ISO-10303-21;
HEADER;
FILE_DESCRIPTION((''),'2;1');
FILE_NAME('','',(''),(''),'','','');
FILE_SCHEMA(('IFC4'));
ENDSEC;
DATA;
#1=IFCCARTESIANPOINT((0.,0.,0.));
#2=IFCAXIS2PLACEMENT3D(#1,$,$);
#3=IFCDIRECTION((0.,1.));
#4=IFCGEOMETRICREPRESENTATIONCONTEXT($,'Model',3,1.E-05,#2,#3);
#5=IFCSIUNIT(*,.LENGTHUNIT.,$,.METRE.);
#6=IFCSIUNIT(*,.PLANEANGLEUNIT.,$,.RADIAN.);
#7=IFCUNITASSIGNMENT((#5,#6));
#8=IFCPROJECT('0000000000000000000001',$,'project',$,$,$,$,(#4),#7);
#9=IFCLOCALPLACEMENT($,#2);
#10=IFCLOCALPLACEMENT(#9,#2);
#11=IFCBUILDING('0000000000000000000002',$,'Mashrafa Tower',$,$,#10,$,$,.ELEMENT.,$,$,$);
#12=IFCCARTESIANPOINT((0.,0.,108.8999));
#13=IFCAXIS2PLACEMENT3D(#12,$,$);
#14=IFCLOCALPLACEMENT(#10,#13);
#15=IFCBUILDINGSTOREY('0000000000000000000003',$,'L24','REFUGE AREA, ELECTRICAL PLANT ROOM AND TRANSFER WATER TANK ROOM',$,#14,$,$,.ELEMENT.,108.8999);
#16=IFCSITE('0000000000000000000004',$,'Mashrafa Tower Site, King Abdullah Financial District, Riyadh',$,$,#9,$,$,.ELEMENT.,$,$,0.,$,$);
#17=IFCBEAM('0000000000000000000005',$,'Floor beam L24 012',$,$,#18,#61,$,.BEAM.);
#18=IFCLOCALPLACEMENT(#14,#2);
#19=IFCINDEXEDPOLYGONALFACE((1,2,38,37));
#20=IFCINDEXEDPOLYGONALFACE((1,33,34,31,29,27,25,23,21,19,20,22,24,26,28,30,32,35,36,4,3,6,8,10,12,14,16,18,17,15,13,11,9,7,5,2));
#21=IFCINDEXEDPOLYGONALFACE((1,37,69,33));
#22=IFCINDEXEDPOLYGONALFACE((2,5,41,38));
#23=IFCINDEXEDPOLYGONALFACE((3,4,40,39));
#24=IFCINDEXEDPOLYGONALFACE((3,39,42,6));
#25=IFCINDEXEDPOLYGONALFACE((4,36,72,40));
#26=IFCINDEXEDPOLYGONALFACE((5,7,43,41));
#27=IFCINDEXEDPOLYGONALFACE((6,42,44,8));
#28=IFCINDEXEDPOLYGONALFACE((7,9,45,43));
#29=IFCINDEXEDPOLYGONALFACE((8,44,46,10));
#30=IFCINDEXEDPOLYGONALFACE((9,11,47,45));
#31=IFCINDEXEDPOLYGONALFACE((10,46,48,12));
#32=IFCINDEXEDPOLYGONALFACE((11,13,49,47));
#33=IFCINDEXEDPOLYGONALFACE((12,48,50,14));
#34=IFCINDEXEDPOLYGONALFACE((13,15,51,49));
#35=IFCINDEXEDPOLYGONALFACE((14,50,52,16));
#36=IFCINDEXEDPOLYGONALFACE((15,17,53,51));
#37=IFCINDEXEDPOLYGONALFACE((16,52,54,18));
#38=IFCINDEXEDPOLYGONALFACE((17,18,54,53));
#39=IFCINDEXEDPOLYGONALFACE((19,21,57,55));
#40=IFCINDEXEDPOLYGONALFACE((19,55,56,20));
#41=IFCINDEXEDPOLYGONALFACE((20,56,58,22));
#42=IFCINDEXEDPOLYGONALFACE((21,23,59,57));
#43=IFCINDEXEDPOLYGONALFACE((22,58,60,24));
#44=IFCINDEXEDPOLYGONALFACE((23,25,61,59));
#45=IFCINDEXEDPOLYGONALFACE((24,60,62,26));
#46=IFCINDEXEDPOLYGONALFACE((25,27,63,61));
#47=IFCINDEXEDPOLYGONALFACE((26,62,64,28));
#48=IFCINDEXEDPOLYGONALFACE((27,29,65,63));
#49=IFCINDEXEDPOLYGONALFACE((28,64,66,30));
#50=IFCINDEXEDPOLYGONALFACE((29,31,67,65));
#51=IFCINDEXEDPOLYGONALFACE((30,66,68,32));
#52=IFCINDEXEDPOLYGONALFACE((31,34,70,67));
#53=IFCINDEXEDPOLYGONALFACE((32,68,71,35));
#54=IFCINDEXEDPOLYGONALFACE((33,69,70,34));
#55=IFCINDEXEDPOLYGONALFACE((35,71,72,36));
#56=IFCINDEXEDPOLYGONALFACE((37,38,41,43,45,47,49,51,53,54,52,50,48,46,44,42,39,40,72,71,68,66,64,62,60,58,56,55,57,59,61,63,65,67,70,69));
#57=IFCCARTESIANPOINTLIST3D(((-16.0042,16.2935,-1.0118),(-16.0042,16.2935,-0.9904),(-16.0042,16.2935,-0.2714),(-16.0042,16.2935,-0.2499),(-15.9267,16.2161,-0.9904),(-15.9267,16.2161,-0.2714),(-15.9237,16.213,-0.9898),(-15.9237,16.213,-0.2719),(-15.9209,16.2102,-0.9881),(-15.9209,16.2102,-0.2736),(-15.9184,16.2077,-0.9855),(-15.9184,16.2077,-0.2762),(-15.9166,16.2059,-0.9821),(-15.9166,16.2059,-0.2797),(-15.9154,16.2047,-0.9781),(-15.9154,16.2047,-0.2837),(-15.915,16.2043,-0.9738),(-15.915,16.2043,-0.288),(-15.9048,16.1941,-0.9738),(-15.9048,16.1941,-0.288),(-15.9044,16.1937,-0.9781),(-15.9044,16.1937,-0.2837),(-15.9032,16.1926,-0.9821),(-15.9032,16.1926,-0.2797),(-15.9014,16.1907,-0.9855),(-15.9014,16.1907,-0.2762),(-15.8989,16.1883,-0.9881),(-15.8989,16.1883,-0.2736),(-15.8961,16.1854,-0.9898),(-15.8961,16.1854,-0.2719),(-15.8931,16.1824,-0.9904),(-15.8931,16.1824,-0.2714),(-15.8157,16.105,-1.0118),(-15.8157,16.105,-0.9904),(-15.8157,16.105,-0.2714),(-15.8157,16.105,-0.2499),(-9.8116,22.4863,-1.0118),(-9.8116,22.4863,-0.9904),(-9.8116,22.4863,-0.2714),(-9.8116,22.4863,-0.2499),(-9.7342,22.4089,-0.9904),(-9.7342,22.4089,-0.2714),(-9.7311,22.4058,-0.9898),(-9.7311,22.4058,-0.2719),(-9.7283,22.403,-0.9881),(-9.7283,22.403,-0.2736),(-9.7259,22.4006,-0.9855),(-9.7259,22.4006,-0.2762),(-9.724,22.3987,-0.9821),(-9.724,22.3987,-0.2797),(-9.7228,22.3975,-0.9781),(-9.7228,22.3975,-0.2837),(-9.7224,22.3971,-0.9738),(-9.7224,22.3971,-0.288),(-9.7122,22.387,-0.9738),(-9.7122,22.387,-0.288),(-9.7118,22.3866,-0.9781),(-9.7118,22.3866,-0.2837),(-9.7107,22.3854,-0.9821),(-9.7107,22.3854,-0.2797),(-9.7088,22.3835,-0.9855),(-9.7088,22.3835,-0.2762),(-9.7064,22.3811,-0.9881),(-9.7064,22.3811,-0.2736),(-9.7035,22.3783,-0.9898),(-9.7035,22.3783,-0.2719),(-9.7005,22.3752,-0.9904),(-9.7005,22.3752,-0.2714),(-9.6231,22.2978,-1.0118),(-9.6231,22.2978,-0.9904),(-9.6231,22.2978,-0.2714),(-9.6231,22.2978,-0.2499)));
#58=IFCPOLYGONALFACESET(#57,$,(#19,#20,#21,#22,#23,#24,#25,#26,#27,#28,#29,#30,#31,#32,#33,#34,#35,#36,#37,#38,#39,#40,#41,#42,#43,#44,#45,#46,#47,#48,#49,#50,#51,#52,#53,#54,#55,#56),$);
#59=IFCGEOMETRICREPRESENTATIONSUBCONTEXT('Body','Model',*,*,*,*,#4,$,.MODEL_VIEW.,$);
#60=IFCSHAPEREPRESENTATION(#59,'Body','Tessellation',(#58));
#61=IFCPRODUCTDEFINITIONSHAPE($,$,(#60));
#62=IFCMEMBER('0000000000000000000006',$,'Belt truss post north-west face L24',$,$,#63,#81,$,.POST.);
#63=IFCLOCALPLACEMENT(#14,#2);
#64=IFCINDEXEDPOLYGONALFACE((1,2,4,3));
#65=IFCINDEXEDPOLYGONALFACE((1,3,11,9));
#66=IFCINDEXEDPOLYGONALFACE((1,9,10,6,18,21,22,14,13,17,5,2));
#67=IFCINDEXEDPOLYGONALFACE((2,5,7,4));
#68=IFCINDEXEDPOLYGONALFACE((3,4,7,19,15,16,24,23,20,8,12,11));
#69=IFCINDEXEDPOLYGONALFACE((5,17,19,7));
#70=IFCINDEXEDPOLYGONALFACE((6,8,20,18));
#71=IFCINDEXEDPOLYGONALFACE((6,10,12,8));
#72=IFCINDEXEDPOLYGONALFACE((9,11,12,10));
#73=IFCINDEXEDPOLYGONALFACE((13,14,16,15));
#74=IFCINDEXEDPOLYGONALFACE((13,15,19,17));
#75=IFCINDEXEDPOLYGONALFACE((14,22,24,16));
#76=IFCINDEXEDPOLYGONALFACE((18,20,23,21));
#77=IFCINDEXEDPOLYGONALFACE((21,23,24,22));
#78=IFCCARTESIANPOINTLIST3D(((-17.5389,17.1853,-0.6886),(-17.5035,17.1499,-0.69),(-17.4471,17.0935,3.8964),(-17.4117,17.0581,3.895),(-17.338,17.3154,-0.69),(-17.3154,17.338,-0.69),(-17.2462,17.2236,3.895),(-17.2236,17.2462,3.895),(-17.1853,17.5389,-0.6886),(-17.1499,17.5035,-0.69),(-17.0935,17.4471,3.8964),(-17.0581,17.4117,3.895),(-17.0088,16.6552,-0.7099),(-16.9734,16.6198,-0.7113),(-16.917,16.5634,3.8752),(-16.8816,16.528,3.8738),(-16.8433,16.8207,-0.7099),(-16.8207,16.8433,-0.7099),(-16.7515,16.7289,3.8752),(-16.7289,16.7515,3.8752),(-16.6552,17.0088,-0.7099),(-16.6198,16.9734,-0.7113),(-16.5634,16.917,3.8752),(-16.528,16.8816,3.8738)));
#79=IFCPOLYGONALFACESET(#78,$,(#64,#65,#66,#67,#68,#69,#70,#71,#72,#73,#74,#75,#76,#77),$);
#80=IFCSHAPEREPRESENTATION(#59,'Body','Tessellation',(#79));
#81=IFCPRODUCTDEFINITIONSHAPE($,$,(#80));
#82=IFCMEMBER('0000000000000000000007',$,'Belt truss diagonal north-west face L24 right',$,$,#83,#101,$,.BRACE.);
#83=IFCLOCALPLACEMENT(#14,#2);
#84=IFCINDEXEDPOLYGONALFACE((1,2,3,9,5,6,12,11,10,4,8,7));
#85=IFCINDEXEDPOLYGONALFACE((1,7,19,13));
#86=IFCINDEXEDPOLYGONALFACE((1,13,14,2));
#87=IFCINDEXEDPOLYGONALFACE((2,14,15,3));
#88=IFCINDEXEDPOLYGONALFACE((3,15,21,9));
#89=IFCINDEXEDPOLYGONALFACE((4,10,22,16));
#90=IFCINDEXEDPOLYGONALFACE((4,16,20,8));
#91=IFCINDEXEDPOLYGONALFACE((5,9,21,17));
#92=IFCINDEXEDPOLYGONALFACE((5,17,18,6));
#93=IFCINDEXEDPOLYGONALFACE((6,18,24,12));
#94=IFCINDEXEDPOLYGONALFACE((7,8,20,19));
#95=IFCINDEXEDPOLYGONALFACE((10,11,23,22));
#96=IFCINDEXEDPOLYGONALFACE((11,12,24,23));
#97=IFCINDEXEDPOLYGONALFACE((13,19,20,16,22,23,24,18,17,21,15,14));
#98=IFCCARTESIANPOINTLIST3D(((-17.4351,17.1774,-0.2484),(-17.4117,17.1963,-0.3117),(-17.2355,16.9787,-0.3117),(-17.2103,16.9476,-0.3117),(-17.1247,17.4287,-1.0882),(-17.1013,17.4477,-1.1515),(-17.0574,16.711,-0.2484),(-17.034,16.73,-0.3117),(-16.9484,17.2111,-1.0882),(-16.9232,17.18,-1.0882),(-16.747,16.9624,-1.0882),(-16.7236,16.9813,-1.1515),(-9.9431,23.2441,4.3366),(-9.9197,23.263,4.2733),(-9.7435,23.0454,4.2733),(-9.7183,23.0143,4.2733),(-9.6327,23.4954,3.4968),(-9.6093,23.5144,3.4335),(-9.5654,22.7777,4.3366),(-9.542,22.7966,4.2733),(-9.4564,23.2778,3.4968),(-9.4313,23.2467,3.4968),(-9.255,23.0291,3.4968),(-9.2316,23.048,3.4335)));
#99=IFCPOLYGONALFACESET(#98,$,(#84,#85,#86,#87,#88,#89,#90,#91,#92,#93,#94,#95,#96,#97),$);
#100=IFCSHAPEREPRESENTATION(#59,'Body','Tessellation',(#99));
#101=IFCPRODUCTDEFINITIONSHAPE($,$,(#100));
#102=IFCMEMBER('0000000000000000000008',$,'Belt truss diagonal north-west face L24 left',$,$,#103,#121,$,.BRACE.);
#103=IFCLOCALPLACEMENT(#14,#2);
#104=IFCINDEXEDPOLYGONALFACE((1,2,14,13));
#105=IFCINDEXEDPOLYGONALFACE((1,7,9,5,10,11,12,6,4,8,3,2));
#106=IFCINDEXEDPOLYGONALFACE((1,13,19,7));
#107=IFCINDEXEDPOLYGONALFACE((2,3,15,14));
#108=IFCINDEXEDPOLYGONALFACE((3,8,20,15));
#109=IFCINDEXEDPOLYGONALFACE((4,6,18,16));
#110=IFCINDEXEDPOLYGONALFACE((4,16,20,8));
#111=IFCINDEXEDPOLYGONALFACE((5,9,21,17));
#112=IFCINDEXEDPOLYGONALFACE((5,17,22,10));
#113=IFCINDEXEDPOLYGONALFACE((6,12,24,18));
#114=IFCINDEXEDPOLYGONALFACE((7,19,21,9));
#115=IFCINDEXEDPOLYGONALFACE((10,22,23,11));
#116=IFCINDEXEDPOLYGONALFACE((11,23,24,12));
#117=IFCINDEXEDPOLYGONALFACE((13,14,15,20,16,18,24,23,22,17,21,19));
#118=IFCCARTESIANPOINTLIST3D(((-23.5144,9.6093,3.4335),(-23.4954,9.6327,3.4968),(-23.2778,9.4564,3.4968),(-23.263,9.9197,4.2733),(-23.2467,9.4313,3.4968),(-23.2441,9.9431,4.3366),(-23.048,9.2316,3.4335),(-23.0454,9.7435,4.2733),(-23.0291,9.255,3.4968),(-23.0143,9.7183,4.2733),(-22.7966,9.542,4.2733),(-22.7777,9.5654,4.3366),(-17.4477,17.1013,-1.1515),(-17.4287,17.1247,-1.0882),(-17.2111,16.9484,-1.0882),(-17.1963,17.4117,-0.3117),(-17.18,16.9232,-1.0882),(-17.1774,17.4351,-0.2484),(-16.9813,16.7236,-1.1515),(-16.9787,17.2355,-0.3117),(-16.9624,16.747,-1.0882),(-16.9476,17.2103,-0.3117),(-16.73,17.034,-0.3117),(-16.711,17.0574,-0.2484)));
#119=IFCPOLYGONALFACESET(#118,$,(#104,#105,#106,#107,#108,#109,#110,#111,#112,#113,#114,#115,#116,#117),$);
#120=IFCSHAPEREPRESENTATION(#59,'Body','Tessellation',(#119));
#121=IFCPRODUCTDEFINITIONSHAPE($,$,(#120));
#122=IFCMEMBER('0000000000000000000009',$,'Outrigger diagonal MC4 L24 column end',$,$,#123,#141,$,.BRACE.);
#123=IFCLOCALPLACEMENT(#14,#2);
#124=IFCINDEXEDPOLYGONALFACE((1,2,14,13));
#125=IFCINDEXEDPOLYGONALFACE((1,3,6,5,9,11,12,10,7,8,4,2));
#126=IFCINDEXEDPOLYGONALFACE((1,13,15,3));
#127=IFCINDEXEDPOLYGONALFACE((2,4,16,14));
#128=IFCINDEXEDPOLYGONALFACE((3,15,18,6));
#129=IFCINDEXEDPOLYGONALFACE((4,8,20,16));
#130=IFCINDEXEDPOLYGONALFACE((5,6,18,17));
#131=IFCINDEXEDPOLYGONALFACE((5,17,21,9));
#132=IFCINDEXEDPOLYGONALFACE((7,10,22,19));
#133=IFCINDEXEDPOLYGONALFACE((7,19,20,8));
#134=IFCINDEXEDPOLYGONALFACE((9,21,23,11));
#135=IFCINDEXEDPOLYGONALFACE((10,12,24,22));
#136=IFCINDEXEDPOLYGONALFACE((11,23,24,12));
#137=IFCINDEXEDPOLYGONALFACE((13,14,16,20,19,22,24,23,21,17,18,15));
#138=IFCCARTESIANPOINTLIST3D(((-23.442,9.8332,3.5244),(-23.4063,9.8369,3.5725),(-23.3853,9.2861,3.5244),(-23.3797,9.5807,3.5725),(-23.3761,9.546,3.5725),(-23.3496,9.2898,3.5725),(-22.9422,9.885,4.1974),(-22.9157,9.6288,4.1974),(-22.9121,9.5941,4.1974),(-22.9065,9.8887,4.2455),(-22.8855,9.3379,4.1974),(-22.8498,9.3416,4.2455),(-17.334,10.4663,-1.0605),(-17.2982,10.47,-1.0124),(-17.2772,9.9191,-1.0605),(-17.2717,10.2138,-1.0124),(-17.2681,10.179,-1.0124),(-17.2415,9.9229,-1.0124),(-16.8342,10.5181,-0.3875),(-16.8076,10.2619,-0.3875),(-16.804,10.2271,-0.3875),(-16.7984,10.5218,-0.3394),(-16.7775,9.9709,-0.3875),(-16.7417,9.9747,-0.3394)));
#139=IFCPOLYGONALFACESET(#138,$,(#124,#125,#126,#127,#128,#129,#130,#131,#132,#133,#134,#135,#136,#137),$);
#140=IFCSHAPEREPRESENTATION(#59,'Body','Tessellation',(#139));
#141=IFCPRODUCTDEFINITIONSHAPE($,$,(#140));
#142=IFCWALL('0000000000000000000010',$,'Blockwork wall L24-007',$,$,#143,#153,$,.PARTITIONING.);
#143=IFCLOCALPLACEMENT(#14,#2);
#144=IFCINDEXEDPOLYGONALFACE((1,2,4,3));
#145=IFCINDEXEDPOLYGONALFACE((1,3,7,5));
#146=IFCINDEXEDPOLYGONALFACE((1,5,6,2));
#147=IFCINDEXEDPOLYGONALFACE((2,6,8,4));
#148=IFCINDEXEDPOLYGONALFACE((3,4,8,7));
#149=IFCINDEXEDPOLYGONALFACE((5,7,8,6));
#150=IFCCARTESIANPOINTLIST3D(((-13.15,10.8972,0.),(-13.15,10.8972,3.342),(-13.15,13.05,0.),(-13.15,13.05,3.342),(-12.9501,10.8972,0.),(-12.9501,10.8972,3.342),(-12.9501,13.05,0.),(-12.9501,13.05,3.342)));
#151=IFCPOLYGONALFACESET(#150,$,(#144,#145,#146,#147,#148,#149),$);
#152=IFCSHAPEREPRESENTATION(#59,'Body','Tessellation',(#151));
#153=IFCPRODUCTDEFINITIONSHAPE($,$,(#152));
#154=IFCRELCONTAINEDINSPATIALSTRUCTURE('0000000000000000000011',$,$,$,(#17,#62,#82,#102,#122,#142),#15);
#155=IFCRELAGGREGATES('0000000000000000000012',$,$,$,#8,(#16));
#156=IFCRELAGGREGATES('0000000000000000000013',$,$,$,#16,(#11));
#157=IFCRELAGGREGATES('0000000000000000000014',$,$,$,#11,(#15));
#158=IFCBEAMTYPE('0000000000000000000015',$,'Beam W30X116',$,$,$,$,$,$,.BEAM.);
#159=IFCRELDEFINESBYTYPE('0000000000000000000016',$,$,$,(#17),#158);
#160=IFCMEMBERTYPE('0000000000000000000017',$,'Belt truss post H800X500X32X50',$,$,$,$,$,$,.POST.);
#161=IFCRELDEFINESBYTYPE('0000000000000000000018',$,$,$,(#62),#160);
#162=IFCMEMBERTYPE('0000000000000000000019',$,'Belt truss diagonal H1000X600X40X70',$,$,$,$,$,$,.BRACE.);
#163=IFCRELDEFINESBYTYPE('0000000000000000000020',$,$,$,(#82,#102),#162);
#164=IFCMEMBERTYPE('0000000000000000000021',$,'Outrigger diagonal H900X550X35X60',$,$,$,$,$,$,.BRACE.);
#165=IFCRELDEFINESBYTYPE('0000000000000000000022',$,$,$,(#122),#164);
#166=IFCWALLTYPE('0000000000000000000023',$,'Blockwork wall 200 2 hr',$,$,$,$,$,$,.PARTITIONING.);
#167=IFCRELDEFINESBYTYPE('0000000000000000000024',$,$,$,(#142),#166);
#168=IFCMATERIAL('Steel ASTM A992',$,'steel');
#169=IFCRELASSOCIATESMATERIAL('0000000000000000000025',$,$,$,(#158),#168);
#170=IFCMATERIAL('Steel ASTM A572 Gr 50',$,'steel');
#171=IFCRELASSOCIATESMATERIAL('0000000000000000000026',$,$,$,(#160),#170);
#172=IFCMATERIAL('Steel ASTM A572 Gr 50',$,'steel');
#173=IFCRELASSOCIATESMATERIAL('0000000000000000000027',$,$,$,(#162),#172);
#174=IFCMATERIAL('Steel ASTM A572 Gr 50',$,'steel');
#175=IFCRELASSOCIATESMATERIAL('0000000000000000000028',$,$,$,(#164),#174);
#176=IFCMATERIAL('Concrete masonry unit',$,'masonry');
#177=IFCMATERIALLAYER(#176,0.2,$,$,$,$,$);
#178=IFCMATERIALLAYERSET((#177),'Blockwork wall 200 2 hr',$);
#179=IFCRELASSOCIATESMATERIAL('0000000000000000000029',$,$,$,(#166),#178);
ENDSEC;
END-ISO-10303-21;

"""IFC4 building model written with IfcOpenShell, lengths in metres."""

from ifc_helpers import new_model, si_unit, direction, frame, frame_2d, origin, origin_2d, place, context, subcontext, project, spatial, rectangle, i_section, extrude, source, transform, mapped, material, layer, layer_set, material_profile, profile_set, type_object, type_shapes, element, save


model = new_model("IFC4")

# Units and contexts
model_context = context("Model", 3, precision=1e-05, world=origin(), true_north=direction((0.0, 1.0)))
body_context = subcontext(model_context, "Body", "Model", "MODEL_VIEW")
ifc_project = project(units=[si_unit("LENGTHUNIT", "METRE"), si_unit("PLANEANGLEUNIT", "RADIAN")], contexts=[model_context])

# Site, building, storey
site_placement = place(None, origin())
site = spatial("IfcSite", under=ifc_project, at=site_placement, Name="Mashrafa Tower Site, King Abdullah Financial District, Riyadh", CompositionType="ELEMENT", RefElevation=0.0)
building_placement = place(site_placement, origin())
building = spatial("IfcBuilding", under=site, at=building_placement, Name="Mashrafa Tower", CompositionType="ELEMENT")
storey_placement = place(building_placement, frame((0.0, 0.0, 108.8999)))
storey = spatial("IfcBuildingStorey", under=building, at=storey_placement, Name="L24", Description="REFUGE AREA, ELECTRICAL PLANT ROOM AND TRANSFER WATER TANK ROOM", CompositionType="ELEMENT", Elevation=108.8999)

# Beam
ifc_material_1 = material(Name="Steel ASTM A992", Category="steel")
ifc_material_profile_1 = material_profile(ifc_material_1, i_section(OverallWidth=0.2666, OverallDepth=0.762, WebThickness=0.0144, FlangeThickness=0.0215, FilletRadius=0.0166, at=origin_2d()), Name="W30X116")
ifc_profile_set_1 = profile_set([ifc_material_profile_1], Name="Steel ASTM A992")
beam_type_1 = type_object("IfcBeamType", Name="Beam W30X116", PredefinedType="BEAM", material=ifc_profile_set_1)
beam_1_placement = place(storey_placement, frame((-15.9099, 16.1992, -0.6309), z_axis=(0.707093, 0.707121, 0.0), x_axis=(-0.707121, 0.707093, 0.0)))
element("IfcBeam", 1, at=beam_1_placement, inside=storey, type_object=beam_type_1, Name="Floor beam L24 012", PredefinedType="BEAM", context=body_context, shape_type="SweptSolid", body=[
    extrude(i_section(OverallWidth=0.2666, OverallDepth=0.762, WebThickness=0.0144, FlangeThickness=0.0215, FilletRadius=0.0166, at=origin_2d()), origin(), (0.0, 0.0, 1.0), 8.7578),
])

# Members
ifc_material_2 = material(Name="Steel ASTM A572 Gr 50", Category="steel")
ifc_material_profile_2 = material_profile(ifc_material_2, i_section(OverallWidth=0.5, OverallDepth=0.8, WebThickness=0.032, FlangeThickness=0.05, at=origin_2d()), Name="H800X500X32X50")
ifc_profile_set_2 = profile_set([ifc_material_profile_2], Name="Steel ASTM A572 Gr 50")
member_type_1 = type_object("IfcMemberType", Name="Belt truss post H800X500X32X50", PredefinedType="POST", material=ifc_profile_set_2)
shared_shape_1 = source(origin(), body_context, "Body", "SweptSolid", [
    extrude(i_section(OverallWidth=0.5, OverallDepth=0.8, WebThickness=0.032, FlangeThickness=0.05, at=origin_2d()), origin(), (0.0, 0.0, 1.0), 4.5869),
])
type_shapes(member_type_1, [shared_shape_1])
member_1_placement = place(storey_placement, frame((-17.0793, 17.0793, -0.7), z_axis=(0.020013, -0.020013, 0.999599), x_axis=(0.707107, 0.707107, 0.0)))
element("IfcMember", 2, at=member_1_placement, inside=storey, type_object=member_type_1, Name="Belt truss post north-west face L24", PredefinedType="POST", context=body_context, shape_type="MappedRepresentation", body=[
    mapped(shared_shape_1, transform((0.0, 0.0, 0.0))),
])
ifc_material_3 = material(Name="Steel ASTM A572 Gr 50", Category="steel")
ifc_material_profile_3 = material_profile(ifc_material_3, i_section(OverallWidth=0.6001, OverallDepth=1.0, WebThickness=0.04, FlangeThickness=0.0701, at=origin_2d()), Name="H1000X600X40X70")
ifc_profile_set_3 = profile_set([ifc_material_profile_3], Name="Steel ASTM A572 Gr 50")
member_type_2 = type_object("IfcMemberType", Name="Belt truss diagonal H1000X600X40X70", PredefinedType="BRACE", material=ifc_profile_set_3)
shared_shape_2 = source(origin(), body_context, "Body", "SweptSolid", [
    extrude(i_section(OverallWidth=0.6001, OverallDepth=1.0, WebThickness=0.04, FlangeThickness=0.0701, at=origin_2d()), origin(), (0.0, 0.0, 1.0), 10.675),
])
type_shapes(member_type_2, [shared_shape_2])
for number, where, z_axis, x_axis, name in (
    (3, (-17.0793, 17.0793, -0.7), (0.701822, 0.568305, 0.429505), (-0.629308, 0.777156, 0.0), "Belt truss diagonal north-west face L24 right"),
    (4, (-17.0793, 17.0793, -0.7), (-0.568305, -0.701822, 0.429505), (0.777156, -0.629308, 0.0), "Belt truss diagonal north-west face L24 left"),
):
    element("IfcMember", number, at=place(storey_placement, frame(where, z_axis=z_axis, x_axis=x_axis)), inside=storey, type_object=member_type_2, Name=name, PredefinedType="BRACE", context=body_context, shape_type="MappedRepresentation", body=[
        mapped(shared_shape_2, transform((0.0, 0.0, 0.0))),
    ])
ifc_material_4 = material(Name="Steel ASTM A572 Gr 50", Category="steel")
ifc_material_profile_4 = material_profile(ifc_material_4, i_section(OverallWidth=0.55, OverallDepth=0.8999, WebThickness=0.0349, FlangeThickness=0.0601, at=origin_2d()), Name="H900X550X35X60")
ifc_profile_set_4 = profile_set([ifc_material_profile_4], Name="Steel ASTM A572 Gr 50")
member_type_3 = type_object("IfcMemberType", Name="Outrigger diagonal H900X550X35X60", PredefinedType="BRACE", material=ifc_profile_set_4)
shared_shape_3 = source(origin(), body_context, "Body", "SweptSolid", [
    extrude(i_section(OverallWidth=0.55, OverallDepth=0.8999, WebThickness=0.0349, FlangeThickness=0.0601, at=origin_2d()), origin(), (0.0, 0.0, 1.0), 7.6636),
])
type_shapes(member_type_3, [shared_shape_3])
member_2_placement = place(storey_placement, frame((-17.0378, 10.2205, -0.7), z_axis=(-0.797025, -0.082605, 0.598271), x_axis=(0.103089, -0.994672, 0.0)))
element("IfcMember", 5, at=member_2_placement, inside=storey, type_object=member_type_3, Name="Outrigger diagonal MC4 L24 column end", PredefinedType="BRACE", context=body_context, shape_type="MappedRepresentation", body=[
    mapped(shared_shape_3, transform((0.0, 0.0, 0.0))),
])

# Wall
ifc_material_5 = material(Name="Concrete masonry unit", Category="masonry")
ifc_layer_1 = layer(ifc_material_5, 0.2)
ifc_layer_set_1 = layer_set([ifc_layer_1], Name="Blockwork wall 200 2 hr")
wall_type_1 = type_object("IfcWallType", Name="Blockwork wall 200 2 hr", PredefinedType="PARTITIONING", material=ifc_layer_set_1)
wall_1_placement = place(storey_placement, frame((-13.05, 13.05, 0.0), z_axis=(0.0, 0.0, 1.0), x_axis=(0.0, -1.0, 0.0)))
element("IfcWall", 6, at=wall_1_placement, inside=storey, type_object=wall_type_1, Name="Blockwork wall L24-007", PredefinedType="PARTITIONING", context=body_context, shape_type="SweptSolid", body=[
    extrude(rectangle(XDim=2.1528, YDim=0.2, at=frame_2d((1.0764, 0.0))), origin(), (0.0, 0.0, 1.0), 3.342),
])

save(model, "model.ifc")
